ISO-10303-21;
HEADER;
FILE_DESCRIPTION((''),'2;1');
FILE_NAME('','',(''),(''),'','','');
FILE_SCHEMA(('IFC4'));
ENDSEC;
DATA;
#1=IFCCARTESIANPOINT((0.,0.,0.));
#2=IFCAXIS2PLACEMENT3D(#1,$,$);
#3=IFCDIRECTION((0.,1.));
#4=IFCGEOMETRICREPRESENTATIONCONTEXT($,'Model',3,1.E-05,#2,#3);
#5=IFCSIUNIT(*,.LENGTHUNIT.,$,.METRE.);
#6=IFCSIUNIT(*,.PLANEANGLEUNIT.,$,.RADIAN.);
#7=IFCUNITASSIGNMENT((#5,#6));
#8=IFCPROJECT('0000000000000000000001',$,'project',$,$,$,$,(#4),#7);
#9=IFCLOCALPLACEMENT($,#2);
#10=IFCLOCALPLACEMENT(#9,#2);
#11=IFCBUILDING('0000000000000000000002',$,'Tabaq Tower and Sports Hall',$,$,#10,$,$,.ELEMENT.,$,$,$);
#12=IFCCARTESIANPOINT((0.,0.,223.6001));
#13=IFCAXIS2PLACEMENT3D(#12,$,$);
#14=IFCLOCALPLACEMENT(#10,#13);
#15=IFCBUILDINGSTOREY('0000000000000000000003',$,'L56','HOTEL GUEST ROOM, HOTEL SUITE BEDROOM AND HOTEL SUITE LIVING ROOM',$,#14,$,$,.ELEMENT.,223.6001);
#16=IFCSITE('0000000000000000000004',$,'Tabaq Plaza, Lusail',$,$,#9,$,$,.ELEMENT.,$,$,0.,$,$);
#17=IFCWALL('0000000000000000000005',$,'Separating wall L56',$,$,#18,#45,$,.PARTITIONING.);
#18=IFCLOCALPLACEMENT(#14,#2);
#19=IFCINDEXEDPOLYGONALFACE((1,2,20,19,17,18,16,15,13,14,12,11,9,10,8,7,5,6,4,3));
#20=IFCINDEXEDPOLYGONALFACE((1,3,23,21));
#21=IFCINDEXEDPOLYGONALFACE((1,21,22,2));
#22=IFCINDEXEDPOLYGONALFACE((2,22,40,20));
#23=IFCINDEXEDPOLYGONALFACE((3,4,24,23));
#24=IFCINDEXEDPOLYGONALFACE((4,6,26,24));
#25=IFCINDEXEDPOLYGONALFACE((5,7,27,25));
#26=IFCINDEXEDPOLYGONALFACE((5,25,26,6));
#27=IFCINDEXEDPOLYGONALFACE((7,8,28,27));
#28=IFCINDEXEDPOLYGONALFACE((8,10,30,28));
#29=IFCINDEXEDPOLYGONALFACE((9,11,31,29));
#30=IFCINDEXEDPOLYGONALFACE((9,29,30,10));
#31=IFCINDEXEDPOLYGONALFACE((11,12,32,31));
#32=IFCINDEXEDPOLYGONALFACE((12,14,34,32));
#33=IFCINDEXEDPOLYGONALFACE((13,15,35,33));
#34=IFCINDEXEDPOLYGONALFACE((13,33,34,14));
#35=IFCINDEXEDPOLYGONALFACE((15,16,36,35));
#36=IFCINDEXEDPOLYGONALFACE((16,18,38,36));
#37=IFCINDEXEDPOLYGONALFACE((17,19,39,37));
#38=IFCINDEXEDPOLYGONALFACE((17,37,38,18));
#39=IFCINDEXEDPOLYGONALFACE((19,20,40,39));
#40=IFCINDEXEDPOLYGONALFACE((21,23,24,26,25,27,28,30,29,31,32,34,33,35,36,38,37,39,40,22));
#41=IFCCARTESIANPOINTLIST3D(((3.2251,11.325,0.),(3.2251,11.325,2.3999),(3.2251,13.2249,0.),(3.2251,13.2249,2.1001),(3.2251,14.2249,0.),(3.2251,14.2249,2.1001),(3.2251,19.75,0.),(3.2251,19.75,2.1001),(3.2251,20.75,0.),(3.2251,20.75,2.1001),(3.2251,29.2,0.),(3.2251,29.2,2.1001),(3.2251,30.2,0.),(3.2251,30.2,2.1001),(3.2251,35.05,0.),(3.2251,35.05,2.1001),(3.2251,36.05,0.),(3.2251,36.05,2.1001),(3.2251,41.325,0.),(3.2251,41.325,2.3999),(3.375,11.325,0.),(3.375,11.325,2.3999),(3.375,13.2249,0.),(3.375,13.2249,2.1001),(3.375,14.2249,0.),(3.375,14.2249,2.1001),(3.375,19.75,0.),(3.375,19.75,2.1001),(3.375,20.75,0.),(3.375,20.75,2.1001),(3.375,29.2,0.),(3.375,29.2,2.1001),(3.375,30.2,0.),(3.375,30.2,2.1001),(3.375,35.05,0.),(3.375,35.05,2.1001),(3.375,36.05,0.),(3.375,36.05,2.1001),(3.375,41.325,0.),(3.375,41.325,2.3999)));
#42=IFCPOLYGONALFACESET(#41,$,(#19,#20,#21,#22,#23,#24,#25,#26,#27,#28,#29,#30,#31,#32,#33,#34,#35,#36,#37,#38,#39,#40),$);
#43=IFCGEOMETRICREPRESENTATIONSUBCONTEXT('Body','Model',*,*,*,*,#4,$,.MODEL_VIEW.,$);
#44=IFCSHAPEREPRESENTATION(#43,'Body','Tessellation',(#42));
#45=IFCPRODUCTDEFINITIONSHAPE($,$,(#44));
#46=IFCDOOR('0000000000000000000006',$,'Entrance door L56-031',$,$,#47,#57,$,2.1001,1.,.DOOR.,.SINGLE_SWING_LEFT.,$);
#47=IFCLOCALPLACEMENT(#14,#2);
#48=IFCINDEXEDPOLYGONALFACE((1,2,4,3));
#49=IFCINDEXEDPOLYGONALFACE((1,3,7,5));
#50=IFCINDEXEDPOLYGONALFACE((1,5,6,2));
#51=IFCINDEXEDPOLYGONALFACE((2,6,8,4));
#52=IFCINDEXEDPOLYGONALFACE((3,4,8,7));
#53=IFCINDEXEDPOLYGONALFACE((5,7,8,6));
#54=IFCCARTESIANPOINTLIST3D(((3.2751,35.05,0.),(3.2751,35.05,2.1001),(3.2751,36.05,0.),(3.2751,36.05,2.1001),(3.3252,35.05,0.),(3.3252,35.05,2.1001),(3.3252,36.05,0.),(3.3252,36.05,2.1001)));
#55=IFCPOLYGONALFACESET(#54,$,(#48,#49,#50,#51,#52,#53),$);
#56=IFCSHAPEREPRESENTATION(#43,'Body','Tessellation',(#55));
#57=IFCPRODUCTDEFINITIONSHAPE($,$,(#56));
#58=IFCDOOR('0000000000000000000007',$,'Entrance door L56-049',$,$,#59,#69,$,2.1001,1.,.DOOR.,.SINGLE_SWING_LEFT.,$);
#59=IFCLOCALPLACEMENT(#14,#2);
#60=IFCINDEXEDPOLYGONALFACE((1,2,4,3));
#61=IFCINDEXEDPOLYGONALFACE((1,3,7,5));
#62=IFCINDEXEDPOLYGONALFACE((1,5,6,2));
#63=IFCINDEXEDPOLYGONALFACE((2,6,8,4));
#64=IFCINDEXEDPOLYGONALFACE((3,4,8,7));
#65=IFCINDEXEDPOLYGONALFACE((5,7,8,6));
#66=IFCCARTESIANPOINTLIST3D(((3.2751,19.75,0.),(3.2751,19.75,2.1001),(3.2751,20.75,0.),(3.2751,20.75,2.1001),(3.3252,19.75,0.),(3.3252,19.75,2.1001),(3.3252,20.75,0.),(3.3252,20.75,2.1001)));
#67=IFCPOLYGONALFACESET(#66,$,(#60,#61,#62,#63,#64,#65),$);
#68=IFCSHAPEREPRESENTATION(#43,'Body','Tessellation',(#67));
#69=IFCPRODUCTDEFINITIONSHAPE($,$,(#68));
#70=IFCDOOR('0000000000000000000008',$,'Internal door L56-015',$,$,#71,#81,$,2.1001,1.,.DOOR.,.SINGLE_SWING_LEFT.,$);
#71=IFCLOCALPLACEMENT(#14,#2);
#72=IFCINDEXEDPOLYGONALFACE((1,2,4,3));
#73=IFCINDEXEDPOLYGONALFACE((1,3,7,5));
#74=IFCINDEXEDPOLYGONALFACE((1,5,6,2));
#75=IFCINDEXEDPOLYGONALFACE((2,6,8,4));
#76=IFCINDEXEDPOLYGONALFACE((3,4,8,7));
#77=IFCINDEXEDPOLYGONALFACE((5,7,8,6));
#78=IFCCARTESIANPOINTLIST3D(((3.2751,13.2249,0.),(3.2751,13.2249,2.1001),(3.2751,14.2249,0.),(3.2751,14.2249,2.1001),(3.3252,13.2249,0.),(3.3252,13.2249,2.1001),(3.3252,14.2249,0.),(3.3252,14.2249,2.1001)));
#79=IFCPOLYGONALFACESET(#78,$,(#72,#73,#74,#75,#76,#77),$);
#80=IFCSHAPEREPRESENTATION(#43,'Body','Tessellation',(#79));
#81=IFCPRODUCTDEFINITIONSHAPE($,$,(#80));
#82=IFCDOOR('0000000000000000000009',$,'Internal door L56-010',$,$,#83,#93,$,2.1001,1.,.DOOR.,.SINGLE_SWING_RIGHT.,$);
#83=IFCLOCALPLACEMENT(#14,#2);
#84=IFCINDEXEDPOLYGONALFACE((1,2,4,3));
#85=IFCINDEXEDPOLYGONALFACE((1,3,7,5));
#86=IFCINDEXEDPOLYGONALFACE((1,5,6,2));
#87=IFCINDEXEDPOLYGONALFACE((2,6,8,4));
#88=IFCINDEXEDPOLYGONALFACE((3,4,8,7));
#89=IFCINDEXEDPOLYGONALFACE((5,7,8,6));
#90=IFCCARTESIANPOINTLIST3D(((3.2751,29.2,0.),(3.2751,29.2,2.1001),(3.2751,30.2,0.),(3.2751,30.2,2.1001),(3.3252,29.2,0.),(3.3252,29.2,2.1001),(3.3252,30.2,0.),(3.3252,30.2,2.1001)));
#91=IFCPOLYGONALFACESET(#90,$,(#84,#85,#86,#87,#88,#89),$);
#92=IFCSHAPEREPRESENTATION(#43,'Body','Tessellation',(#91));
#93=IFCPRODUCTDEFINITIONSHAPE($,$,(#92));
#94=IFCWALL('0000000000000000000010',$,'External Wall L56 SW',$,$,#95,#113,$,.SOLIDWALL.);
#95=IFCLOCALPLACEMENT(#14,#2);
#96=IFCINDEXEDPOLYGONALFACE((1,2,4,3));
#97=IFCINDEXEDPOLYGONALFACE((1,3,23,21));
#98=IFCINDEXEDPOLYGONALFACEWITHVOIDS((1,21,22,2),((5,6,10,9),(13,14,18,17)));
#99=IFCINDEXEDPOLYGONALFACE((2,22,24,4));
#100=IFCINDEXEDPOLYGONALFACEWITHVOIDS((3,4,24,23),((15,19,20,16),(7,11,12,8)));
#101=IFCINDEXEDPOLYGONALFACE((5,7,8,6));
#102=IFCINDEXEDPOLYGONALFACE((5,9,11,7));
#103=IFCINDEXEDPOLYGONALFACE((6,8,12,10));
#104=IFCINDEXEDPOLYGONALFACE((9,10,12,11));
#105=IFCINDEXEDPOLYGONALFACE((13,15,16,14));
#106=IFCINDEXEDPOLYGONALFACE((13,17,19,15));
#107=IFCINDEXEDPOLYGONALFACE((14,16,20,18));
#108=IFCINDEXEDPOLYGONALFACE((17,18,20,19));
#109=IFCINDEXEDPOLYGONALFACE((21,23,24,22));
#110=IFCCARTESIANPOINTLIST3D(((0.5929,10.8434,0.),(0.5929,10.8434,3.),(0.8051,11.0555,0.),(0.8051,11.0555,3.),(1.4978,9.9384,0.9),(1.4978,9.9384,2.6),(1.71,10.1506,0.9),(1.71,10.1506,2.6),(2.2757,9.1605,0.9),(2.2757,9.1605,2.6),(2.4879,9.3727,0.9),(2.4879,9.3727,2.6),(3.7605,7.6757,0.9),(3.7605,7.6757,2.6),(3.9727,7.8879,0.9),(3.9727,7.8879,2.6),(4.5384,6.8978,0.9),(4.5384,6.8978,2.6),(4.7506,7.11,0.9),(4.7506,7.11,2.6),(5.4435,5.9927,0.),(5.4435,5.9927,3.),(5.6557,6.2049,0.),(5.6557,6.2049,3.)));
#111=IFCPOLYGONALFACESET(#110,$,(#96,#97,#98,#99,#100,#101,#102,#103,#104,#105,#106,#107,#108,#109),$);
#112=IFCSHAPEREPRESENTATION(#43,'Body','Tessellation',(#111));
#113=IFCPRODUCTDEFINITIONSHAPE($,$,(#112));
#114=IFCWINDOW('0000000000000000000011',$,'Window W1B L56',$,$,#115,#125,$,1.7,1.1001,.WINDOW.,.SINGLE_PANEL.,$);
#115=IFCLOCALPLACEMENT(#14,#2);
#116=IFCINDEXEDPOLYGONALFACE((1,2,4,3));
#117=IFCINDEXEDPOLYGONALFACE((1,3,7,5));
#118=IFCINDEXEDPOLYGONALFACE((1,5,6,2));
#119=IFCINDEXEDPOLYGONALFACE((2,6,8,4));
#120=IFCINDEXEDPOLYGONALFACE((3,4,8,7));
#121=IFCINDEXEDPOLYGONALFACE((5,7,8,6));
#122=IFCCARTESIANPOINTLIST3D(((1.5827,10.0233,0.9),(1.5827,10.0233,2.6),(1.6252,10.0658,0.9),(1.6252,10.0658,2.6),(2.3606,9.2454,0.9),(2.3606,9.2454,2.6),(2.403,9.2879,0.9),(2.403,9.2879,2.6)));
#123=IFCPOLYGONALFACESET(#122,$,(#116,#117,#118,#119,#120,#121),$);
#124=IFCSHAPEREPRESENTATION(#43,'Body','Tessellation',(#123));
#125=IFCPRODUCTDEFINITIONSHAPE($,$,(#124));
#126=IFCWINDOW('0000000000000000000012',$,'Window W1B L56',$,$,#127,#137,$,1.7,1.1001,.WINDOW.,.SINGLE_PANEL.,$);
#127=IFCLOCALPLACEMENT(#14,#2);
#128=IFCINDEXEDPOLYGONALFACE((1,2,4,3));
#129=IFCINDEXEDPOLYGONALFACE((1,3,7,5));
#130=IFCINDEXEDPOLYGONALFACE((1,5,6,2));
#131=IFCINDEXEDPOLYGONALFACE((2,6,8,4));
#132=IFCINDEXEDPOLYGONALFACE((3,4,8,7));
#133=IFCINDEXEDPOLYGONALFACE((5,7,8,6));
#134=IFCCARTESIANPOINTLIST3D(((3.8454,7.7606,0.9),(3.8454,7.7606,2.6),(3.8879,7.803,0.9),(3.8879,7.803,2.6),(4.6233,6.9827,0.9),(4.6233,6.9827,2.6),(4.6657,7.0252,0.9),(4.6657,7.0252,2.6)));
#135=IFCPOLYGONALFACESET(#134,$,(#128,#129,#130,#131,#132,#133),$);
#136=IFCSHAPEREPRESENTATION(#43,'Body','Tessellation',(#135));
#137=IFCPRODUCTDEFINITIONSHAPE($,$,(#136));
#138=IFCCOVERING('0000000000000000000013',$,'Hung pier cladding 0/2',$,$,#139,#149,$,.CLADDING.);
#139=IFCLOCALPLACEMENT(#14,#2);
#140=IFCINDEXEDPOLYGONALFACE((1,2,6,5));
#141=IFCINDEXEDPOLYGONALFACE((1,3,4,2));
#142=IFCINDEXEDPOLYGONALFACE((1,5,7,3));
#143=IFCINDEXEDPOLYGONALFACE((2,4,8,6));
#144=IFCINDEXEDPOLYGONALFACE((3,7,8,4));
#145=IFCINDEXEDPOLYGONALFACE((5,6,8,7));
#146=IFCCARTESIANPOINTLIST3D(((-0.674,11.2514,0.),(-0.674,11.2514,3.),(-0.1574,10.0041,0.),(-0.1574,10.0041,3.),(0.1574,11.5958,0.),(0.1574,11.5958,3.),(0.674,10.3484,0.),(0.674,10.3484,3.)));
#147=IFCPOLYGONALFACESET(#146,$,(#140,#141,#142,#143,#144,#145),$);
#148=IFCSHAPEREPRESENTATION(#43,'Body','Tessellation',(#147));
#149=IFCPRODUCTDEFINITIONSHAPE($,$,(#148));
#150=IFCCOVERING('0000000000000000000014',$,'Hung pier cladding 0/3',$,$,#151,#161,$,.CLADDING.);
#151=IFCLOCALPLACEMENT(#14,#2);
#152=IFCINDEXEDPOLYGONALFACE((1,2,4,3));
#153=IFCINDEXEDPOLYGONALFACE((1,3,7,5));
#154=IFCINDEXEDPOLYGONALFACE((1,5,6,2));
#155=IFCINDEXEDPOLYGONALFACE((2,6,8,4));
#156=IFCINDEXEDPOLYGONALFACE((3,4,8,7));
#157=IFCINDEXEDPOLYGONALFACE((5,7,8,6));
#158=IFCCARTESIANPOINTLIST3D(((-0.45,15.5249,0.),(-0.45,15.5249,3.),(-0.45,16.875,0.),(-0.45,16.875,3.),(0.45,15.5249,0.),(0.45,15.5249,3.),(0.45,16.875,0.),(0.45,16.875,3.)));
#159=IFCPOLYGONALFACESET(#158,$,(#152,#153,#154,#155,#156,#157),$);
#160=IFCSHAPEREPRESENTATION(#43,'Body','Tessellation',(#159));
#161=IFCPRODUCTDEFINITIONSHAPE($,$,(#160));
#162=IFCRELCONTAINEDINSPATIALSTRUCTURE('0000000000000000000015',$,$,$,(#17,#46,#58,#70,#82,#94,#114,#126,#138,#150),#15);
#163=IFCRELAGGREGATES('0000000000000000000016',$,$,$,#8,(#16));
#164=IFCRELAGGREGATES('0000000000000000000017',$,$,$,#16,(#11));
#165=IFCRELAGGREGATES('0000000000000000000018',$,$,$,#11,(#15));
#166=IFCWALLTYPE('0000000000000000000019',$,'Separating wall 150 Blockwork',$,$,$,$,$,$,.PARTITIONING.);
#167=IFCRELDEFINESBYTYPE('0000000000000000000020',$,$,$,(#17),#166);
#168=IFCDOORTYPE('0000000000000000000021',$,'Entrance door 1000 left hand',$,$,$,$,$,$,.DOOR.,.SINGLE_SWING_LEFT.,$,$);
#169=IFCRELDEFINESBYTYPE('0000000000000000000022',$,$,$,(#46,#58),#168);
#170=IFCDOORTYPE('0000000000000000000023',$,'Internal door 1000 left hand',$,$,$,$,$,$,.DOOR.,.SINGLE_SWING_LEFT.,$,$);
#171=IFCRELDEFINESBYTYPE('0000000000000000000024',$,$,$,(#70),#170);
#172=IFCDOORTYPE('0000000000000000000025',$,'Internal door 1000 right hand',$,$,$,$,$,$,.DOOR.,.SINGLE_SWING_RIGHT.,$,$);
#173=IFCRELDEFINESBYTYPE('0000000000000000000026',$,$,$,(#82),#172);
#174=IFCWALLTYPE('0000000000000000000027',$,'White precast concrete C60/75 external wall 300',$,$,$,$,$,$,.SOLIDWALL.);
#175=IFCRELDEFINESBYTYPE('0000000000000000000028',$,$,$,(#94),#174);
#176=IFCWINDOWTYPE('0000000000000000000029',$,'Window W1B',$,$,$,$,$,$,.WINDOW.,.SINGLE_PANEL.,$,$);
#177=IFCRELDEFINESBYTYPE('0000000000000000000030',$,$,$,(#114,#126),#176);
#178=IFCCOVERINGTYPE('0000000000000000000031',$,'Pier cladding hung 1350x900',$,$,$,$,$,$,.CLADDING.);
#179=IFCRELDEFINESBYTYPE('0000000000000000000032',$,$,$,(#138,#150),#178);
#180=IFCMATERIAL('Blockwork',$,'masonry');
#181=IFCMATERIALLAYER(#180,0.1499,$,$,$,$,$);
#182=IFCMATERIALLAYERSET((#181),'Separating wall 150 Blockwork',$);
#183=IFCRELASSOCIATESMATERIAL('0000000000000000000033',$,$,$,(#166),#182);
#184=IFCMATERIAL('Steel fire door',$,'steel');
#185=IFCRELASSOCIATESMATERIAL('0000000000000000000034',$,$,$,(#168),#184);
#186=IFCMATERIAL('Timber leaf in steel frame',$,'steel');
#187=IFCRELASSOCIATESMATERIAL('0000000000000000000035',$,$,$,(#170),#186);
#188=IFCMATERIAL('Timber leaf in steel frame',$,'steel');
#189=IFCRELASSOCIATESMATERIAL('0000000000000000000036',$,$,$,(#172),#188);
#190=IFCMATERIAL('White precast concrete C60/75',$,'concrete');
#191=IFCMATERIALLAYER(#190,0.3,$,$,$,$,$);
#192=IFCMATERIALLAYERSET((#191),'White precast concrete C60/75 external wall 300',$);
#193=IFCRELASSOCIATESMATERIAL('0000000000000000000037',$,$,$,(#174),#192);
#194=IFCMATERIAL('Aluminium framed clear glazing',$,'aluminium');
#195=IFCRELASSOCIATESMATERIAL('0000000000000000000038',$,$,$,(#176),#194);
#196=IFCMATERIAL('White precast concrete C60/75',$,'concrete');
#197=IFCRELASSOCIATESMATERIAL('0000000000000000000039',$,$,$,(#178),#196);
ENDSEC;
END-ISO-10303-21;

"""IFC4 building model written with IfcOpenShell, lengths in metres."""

from ifc_helpers import new_model, si_unit, direction, frame, frame_2d, origin, place, context, subcontext, project, spatial, rectangle, extrude, material, layer, layer_set, type_object, element, fill, save


model = new_model("IFC4")

# Units and contexts
model_context = context("Model", 3, precision=1e-05, world=origin(), true_north=direction((0.0, 1.0)))
body_context = subcontext(model_context, "Body", "Model", "MODEL_VIEW")
ifc_project = project(units=[si_unit("LENGTHUNIT", "METRE"), si_unit("PLANEANGLEUNIT", "RADIAN")], contexts=[model_context])

# Site, building, storey
site_placement = place(None, origin())
site = spatial("IfcSite", under=ifc_project, at=site_placement, Name="Tabaq Plaza, Lusail", CompositionType="ELEMENT", RefElevation=0.0)
building_placement = place(site_placement, origin())
building = spatial("IfcBuilding", under=site, at=building_placement, Name="Tabaq Tower and Sports Hall", CompositionType="ELEMENT")
storey_placement = place(building_placement, frame((0.0, 0.0, 223.6001)))
storey = spatial("IfcBuildingStorey", under=building, at=storey_placement, Name="L56", Description="HOTEL GUEST ROOM, HOTEL SUITE BEDROOM AND HOTEL SUITE LIVING ROOM", CompositionType="ELEMENT", Elevation=223.6001)

# Shared definitions
ifc_material_1 = material(Name="Blockwork", Category="masonry")
ifc_layer_1 = layer(ifc_material_1, 0.1499)
ifc_layer_set_1 = layer_set([ifc_layer_1], Name="Separating wall 150 Blockwork")
wall_type_1 = type_object("IfcWallType", Name="Separating wall 150 Blockwork", PredefinedType="PARTITIONING", material=ifc_layer_set_1)

# Wall, openings, doors
ifc_material_2 = material(Name="Steel fire door", Category="steel")
door_type_1 = type_object("IfcDoorType", Name="Entrance door 1000 left hand", OperationType="SINGLE_SWING_LEFT", PredefinedType="DOOR", material=ifc_material_2)
wall_1_placement = place(storey_placement, frame((3.3, 11.325, 0.0), z_axis=(0.0, 0.0, 1.0), x_axis=(0.0, 1.0, 0.0)))
wall_1 = element("IfcWall", 1, at=wall_1_placement, inside=storey, type_object=wall_type_1, Name="Separating wall L56", PredefinedType="PARTITIONING", context=body_context, shape_type="SweptSolid", body=[
    extrude(rectangle(XDim=30.0, YDim=0.1499, at=frame_2d((15.0, 0.0))), origin(), (0.0, 0.0, 1.0), 2.3999),
])
opening_1_placement = place(wall_1_placement, frame((17.875, 0.0, 0.0)))
opening_1 = element("IfcOpeningElement", 2, at=opening_1_placement, cuts=wall_1, PredefinedType="OPENING", context=body_context, shape_type="SweptSolid", body=[
    extrude(rectangle(XDim=1.0, YDim=2.1001, at=frame_2d((0.5, 1.05))), frame((0.0, 0.075, 0.0), z_axis=(0.0, -1.0, 0.0), x_axis=(1.0, 0.0, 0.0)), (0.0, 0.0, 1.0), 0.1499),
])
opening_2_placement = place(wall_1_placement, frame((1.8999, 0.0, 0.0)))
opening_2 = element("IfcOpeningElement", 3, at=opening_2_placement, cuts=wall_1, PredefinedType="OPENING", context=body_context, shape_type="SweptSolid", body=[
    extrude(rectangle(XDim=1.0, YDim=2.1001, at=frame_2d((0.5, 1.05))), frame((0.0, 0.075, 0.0), z_axis=(0.0, -1.0, 0.0), x_axis=(1.0, 0.0, 0.0)), (0.0, 0.0, 1.0), 0.1499),
])
opening_3_placement = place(wall_1_placement, frame((23.7251, 0.0, 0.0)))
opening_3 = element("IfcOpeningElement", 4, at=opening_3_placement, cuts=wall_1, PredefinedType="OPENING", context=body_context, shape_type="SweptSolid", body=[
    extrude(rectangle(XDim=1.0, YDim=2.1001, at=frame_2d((0.5, 1.05))), frame((0.0, 0.075, 0.0), z_axis=(0.0, -1.0, 0.0), x_axis=(1.0, 0.0, 0.0)), (0.0, 0.0, 1.0), 0.1499),
])
opening_4_placement = place(wall_1_placement, frame((8.425, 0.0, 0.0)))
opening_4 = element("IfcOpeningElement", 5, at=opening_4_placement, cuts=wall_1, PredefinedType="OPENING", context=body_context, shape_type="SweptSolid", body=[
    extrude(rectangle(XDim=1.0, YDim=2.1001, at=frame_2d((0.5, 1.05))), frame((0.0, 0.075, 0.0), z_axis=(0.0, -1.0, 0.0), x_axis=(1.0, 0.0, 0.0)), (0.0, 0.0, 1.0), 0.1499),
])
door_1_placement = place(opening_3_placement, origin())
door_1 = element("IfcDoor", 6, at=door_1_placement, inside=storey, type_object=door_type_1, Name="Entrance door L56-031", OperationType="SINGLE_SWING_LEFT", OverallHeight=2.1001, OverallWidth=1.0, PredefinedType="DOOR", context=body_context, shape_type="SweptSolid", body=[
    extrude(rectangle(XDim=1.0, YDim=2.1001, at=frame_2d((0.5, 1.05))), frame((0.0, 0.0249, 0.0), z_axis=(0.0, -1.0, 0.0), x_axis=(1.0, 0.0, 0.0)), (0.0, 0.0, 1.0), 0.05),
])
fill(opening_3, door_1)
door_2_placement = place(opening_4_placement, origin())
door_2 = element("IfcDoor", 7, at=door_2_placement, inside=storey, type_object=door_type_1, Name="Entrance door L56-049", OperationType="SINGLE_SWING_LEFT", OverallHeight=2.1001, OverallWidth=1.0, PredefinedType="DOOR", context=body_context, shape_type="SweptSolid", body=[
    extrude(rectangle(XDim=1.0, YDim=2.1001, at=frame_2d((0.5, 1.05))), frame((0.0, 0.0249, 0.0), z_axis=(0.0, -1.0, 0.0), x_axis=(1.0, 0.0, 0.0)), (0.0, 0.0, 1.0), 0.05),
])
fill(opening_4, door_2)
ifc_material_3 = material(Name="Timber leaf in steel frame", Category="steel")
door_type_2 = type_object("IfcDoorType", Name="Internal door 1000 left hand", OperationType="SINGLE_SWING_LEFT", PredefinedType="DOOR", material=ifc_material_3)
door_3_placement = place(opening_2_placement, origin())
door_3 = element("IfcDoor", 8, at=door_3_placement, inside=storey, type_object=door_type_2, Name="Internal door L56-015", OperationType="SINGLE_SWING_LEFT", OverallHeight=2.1001, OverallWidth=1.0, PredefinedType="DOOR", context=body_context, shape_type="SweptSolid", body=[
    extrude(rectangle(XDim=1.0, YDim=2.1001, at=frame_2d((0.5, 1.05))), frame((0.0, 0.0249, 0.0), z_axis=(0.0, -1.0, 0.0), x_axis=(1.0, 0.0, 0.0)), (0.0, 0.0, 1.0), 0.05),
])
fill(opening_2, door_3)
ifc_material_4 = material(Name="Timber leaf in steel frame", Category="steel")
door_type_3 = type_object("IfcDoorType", Name="Internal door 1000 right hand", OperationType="SINGLE_SWING_RIGHT", PredefinedType="DOOR", material=ifc_material_4)
door_4_placement = place(opening_1_placement, origin())
door_4 = element("IfcDoor", 9, at=door_4_placement, inside=storey, type_object=door_type_3, Name="Internal door L56-010", OperationType="SINGLE_SWING_RIGHT", OverallHeight=2.1001, OverallWidth=1.0, PredefinedType="DOOR", context=body_context, shape_type="SweptSolid", body=[
    extrude(rectangle(XDim=1.0, YDim=2.1001, at=frame_2d((0.5, 1.05))), frame((0.0, 0.0249, 0.0), z_axis=(0.0, -1.0, 0.0), x_axis=(1.0, 0.0, 0.0)), (0.0, 0.0, 1.0), 0.05),
])
fill(opening_1, door_4)

# Wall, openings, windows
ifc_material_5 = material(Name="White precast concrete C60/75", Category="concrete")
ifc_layer_2 = layer(ifc_material_5, 0.3)
ifc_layer_set_2 = layer_set([ifc_layer_2], Name="White precast concrete C60/75 external wall 300")
wall_type_2 = type_object("IfcWallType", Name="White precast concrete C60/75 external wall 300", PredefinedType="SOLIDWALL", material=ifc_layer_set_2)
wall_2_placement = place(storey_placement, frame((0.699, 10.9495, 0.0), z_axis=(0.0, 0.0, 1.0), x_axis=(0.707107, -0.707107, 0.0)))
wall_2 = element("IfcWall", 10, at=wall_2_placement, inside=storey, type_object=wall_type_2, Name="External Wall L56 SW", PredefinedType="SOLIDWALL", context=body_context, shape_type="SweptSolid", body=[
    extrude(rectangle(XDim=6.8599, YDim=0.3, at=frame_2d((3.4299, 0.0))), origin(), (0.0, 0.0, 1.0), 3.0),
])
opening_5_placement = place(wall_2_placement, frame((1.2798, 0.0, 0.8999)))
opening_5 = element("IfcOpeningElement", 11, at=opening_5_placement, cuts=wall_2, PredefinedType="OPENING", context=body_context, shape_type="SweptSolid", body=[
    extrude(rectangle(XDim=1.1001, YDim=1.7, at=frame_2d((0.55, 0.8501))), frame((0.0, 0.1602, 0.0), z_axis=(0.0, -1.0, 0.0), x_axis=(1.0, 0.0, 0.0)), (0.0, 0.0, 1.0), 0.3201),
])
opening_6_placement = place(wall_2_placement, frame((4.4797, 0.0, 0.8999)))
opening_6 = element("IfcOpeningElement", 12, at=opening_6_placement, cuts=wall_2, PredefinedType="OPENING", context=body_context, shape_type="SweptSolid", body=[
    extrude(rectangle(XDim=1.1001, YDim=1.7, at=frame_2d((0.55, 0.8501))), frame((0.0, 0.1602, 0.0), z_axis=(0.0, -1.0, 0.0), x_axis=(1.0, 0.0, 0.0)), (0.0, 0.0, 1.0), 0.3201),
])
ifc_material_6 = material(Name="Aluminium framed clear glazing", Category="aluminium")
window_type = type_object("IfcWindowType", Name="Window W1B", PartitioningType="SINGLE_PANEL", PredefinedType="WINDOW", material=ifc_material_6)
window_1_placement = place(opening_5_placement, origin())
window_1 = element("IfcWindow", 13, at=window_1_placement, inside=storey, type_object=window_type, Name="Window W1B L56", OverallHeight=1.7, OverallWidth=1.1001, PartitioningType="SINGLE_PANEL", PredefinedType="WINDOW", context=body_context, shape_type="SweptSolid", body=[
    extrude(rectangle(XDim=1.1001, YDim=1.7, at=frame_2d((0.55, 0.8501))), frame((0.0, 0.03, 0.0), z_axis=(0.0, -1.0, 0.0), x_axis=(1.0, 0.0, 0.0)), (0.0, 0.0, 1.0), 0.0601),
])
fill(opening_5, window_1)
window_2_placement = place(opening_6_placement, origin())
window_2 = element("IfcWindow", 14, at=window_2_placement, inside=storey, type_object=window_type, Name="Window W1B L56", OverallHeight=1.7, OverallWidth=1.1001, PartitioningType="SINGLE_PANEL", PredefinedType="WINDOW", context=body_context, shape_type="SweptSolid", body=[
    extrude(rectangle(XDim=1.1001, YDim=1.7, at=frame_2d((0.55, 0.8501))), frame((0.0, 0.03, 0.0), z_axis=(0.0, -1.0, 0.0), x_axis=(1.0, 0.0, 0.0)), (0.0, 0.0, 1.0), 0.0601),
])
fill(opening_6, window_2)

# Coverings
ifc_material_7 = material(Name="White precast concrete C60/75", Category="concrete")
covering_type_1 = type_object("IfcCoveringType", Name="Pier cladding hung 1350x900", PredefinedType="CLADDING", material=ifc_material_7)
for number, where, z_axis, x_axis, name in (
    (15, (-0.2583, 11.4236, 0.0), (0.0, 0.0, 1.0), (0.38265, -0.923893, 0.0), "Hung pier cladding 0/2"),
    (16, (0.0, 16.875, 0.0), (0.0, 0.0, 1.0), (0.0, -1.0, 0.0), "Hung pier cladding 0/3"),
):
    element("IfcCovering", number, at=place(storey_placement, frame(where, z_axis=z_axis, x_axis=x_axis)), inside=storey, type_object=covering_type_1, Name=name, PredefinedType="CLADDING", context=body_context, shape_type="SweptSolid", body=[
        extrude(rectangle(XDim=1.3501, YDim=0.8999, at=frame_2d((0.675, 0.0))), origin(), (0.0, 0.0, 1.0), 3.0),
    ])

save(model, "model.ifc")
